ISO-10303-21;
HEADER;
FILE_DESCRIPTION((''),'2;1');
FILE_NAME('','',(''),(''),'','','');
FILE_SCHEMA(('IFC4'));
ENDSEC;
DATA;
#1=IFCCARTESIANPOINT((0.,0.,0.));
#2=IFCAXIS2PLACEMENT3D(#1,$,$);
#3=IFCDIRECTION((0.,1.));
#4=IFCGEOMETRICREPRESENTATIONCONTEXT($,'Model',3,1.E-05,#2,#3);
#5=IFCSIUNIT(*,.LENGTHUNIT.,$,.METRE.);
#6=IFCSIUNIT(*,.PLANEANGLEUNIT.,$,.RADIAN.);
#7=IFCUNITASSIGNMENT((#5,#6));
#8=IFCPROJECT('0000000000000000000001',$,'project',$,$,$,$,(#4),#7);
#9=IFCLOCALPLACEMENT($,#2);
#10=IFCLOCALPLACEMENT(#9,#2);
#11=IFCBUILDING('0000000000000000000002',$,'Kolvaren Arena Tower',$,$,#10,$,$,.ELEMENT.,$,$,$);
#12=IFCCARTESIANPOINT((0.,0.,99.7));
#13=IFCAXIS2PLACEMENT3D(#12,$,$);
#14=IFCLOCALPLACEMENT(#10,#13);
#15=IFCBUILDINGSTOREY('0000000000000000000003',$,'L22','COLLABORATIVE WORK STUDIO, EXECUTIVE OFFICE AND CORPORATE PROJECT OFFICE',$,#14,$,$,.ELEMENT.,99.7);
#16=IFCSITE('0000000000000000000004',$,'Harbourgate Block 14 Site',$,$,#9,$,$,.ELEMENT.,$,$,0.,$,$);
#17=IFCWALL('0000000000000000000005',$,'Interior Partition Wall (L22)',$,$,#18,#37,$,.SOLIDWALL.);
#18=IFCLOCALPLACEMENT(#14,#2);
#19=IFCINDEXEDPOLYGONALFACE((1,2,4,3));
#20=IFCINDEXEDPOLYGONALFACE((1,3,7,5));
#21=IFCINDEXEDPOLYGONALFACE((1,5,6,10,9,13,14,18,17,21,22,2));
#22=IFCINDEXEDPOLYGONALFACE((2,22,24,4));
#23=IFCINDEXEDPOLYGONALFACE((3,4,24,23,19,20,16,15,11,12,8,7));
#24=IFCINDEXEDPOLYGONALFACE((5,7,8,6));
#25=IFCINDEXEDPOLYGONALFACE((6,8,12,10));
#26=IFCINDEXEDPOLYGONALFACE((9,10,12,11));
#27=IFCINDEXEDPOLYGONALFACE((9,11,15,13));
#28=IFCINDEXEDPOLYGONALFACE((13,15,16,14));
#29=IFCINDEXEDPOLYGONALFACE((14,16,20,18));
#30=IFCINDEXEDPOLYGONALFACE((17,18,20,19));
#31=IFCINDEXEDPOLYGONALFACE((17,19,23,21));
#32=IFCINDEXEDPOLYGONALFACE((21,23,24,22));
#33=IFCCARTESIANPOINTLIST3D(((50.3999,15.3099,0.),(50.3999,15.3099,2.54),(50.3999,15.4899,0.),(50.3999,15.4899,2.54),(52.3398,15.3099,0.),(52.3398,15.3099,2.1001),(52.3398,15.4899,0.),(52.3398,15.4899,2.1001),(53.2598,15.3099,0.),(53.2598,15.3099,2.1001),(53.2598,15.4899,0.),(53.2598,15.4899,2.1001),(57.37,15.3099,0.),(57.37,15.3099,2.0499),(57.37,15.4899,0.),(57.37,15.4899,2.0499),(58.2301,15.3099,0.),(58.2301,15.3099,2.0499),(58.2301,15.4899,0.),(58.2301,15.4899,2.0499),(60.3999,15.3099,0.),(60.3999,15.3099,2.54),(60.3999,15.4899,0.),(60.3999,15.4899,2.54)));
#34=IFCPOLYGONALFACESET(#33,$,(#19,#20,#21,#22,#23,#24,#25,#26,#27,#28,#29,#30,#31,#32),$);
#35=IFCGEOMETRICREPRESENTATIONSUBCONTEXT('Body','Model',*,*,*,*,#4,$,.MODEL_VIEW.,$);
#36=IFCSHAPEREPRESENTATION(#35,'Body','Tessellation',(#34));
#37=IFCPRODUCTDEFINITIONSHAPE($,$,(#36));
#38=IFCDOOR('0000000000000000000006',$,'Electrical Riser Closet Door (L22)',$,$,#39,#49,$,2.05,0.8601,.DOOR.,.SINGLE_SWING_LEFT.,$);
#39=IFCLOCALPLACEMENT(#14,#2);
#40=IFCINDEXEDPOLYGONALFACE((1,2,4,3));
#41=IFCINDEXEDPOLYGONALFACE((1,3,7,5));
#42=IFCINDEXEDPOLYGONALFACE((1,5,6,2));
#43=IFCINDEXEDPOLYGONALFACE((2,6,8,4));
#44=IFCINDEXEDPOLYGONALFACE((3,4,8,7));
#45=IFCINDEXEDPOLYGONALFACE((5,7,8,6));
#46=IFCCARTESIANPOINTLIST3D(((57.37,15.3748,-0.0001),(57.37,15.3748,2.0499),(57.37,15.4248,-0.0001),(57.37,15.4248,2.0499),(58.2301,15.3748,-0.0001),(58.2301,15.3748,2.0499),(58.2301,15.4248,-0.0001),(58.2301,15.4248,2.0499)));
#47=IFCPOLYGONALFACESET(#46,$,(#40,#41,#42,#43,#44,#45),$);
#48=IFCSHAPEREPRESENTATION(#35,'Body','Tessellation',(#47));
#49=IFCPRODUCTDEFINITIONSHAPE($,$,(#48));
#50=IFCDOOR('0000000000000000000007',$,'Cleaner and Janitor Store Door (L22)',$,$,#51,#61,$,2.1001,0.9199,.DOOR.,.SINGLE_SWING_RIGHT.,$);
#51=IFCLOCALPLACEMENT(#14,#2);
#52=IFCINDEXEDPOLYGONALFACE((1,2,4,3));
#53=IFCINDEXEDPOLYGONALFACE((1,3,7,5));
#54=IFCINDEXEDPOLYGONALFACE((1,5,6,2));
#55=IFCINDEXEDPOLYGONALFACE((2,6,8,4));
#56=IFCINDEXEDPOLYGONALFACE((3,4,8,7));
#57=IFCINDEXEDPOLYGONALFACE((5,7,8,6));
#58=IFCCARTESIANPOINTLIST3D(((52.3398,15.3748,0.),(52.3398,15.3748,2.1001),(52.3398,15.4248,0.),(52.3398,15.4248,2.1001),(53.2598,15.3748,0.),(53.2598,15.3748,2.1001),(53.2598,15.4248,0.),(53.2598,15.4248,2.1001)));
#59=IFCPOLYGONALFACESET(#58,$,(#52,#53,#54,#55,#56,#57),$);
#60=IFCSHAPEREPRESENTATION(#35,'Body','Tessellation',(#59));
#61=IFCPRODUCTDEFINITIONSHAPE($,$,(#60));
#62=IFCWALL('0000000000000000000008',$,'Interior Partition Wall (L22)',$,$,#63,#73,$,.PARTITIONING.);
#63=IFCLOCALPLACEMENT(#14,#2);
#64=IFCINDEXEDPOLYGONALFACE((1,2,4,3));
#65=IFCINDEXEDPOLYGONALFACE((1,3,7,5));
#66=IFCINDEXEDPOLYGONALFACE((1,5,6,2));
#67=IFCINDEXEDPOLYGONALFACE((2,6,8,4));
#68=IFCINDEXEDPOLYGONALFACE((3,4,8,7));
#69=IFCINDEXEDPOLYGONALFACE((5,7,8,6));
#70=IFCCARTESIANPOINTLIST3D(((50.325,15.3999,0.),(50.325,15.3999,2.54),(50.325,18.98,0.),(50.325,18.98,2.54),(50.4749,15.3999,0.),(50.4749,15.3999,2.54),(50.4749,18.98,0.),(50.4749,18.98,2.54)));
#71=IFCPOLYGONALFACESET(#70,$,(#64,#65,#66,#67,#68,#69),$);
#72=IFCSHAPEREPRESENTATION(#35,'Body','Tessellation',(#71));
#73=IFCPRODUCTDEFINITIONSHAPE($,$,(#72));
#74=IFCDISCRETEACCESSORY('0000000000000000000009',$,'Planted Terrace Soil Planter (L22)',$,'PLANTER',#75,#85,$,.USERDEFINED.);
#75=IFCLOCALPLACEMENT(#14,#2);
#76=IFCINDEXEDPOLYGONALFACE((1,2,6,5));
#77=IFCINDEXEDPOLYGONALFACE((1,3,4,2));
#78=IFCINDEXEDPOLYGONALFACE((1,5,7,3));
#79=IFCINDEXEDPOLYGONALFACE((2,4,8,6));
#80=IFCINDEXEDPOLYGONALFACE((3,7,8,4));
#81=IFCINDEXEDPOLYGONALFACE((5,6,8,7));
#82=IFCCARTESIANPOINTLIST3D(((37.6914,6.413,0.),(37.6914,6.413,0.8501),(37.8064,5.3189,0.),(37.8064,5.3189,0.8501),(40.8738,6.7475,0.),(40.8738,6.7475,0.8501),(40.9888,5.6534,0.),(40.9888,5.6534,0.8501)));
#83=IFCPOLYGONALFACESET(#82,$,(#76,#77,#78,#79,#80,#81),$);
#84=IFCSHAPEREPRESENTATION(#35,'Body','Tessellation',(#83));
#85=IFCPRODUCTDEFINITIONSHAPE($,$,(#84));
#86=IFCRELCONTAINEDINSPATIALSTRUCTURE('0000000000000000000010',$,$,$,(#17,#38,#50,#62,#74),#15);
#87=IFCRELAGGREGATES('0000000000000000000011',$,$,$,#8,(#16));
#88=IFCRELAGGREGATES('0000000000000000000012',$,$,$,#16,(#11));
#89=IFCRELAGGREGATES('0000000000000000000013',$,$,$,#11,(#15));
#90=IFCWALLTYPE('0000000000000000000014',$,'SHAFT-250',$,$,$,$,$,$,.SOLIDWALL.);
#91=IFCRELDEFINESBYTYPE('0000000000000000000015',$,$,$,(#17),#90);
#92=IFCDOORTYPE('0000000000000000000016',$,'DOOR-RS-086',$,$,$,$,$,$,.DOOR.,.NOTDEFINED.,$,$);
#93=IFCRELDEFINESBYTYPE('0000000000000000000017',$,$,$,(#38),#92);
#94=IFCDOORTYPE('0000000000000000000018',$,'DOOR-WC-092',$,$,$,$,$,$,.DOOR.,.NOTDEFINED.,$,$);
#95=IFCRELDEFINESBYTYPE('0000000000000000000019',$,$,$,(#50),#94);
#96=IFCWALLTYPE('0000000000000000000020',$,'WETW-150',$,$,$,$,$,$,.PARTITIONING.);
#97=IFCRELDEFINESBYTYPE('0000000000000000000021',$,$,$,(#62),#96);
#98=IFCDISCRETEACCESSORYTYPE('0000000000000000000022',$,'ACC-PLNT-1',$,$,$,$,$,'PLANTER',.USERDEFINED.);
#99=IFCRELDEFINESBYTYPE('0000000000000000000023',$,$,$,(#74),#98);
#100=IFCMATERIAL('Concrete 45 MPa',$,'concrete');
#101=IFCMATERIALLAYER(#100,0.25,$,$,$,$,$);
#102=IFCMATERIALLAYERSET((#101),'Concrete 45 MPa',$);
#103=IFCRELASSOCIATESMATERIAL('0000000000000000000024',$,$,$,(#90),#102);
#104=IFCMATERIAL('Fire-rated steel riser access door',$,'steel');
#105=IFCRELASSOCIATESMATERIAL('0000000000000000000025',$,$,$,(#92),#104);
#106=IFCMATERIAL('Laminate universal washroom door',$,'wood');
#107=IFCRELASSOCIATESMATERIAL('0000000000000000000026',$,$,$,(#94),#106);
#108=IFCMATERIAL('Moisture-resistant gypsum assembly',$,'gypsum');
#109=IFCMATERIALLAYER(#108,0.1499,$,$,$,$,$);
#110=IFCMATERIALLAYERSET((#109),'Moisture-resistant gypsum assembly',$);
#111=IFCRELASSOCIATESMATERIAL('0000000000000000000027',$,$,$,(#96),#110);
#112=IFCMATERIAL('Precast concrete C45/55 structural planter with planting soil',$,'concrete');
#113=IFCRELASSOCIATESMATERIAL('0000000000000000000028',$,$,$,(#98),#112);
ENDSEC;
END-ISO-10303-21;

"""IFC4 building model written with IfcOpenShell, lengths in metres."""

from ifc_helpers import new_model, si_unit, direction, frame, frame_2d, origin, origin_2d, place, context, subcontext, project, spatial, rectangle, extrude, material, layer, layer_set, type_object, element, fill, save


model = new_model("IFC4")

# Units and contexts
model_context = context("Model", 3, precision=1e-05, world=origin(), true_north=direction((0.0, 1.0)))
body_context = subcontext(model_context, "Body", "Model", "MODEL_VIEW")
ifc_project = project(units=[si_unit("LENGTHUNIT", "METRE"), si_unit("PLANEANGLEUNIT", "RADIAN")], contexts=[model_context])

# Site, building, storey
site_placement = place(None, origin())
site = spatial("IfcSite", under=ifc_project, at=site_placement, Name="Harbourgate Block 14 Site", CompositionType="ELEMENT", RefElevation=0.0)
building_placement = place(site_placement, origin())
building = spatial("IfcBuilding", under=site, at=building_placement, Name="Kolvaren Arena Tower", CompositionType="ELEMENT")
storey_placement = place(building_placement, frame((0.0, 0.0, 99.7)))
storey = spatial("IfcBuildingStorey", under=building, at=storey_placement, Name="L22", Description="COLLABORATIVE WORK STUDIO, EXECUTIVE OFFICE AND CORPORATE PROJECT OFFICE", CompositionType="ELEMENT", Elevation=99.7)

# Shared definitions
ifc_material_1 = material(Name="Concrete 45 MPa", Category="concrete")
ifc_layer_1 = layer(ifc_material_1, 0.25)
ifc_layer_set_1 = layer_set([ifc_layer_1], Name="Concrete 45 MPa")
wall_type_1 = type_object("IfcWallType", Name="SHAFT-250", PredefinedType="SOLIDWALL", material=ifc_layer_set_1)

# Wall, openings, doors
wall_1_placement = place(storey_placement, frame((50.3999, 15.3999, 0.0), z_axis=(0.0, 0.0, 1.0), x_axis=(1.0, 0.0, 0.0)))
wall_1 = element("IfcWall", 1, at=wall_1_placement, inside=storey, type_object=wall_type_1, Name="Interior Partition Wall (L22)", PredefinedType="SOLIDWALL", context=body_context, shape_type="SweptSolid", body=[
    extrude(rectangle(XDim=10.0, YDim=0.1799, at=frame_2d((5.0, 0.0))), origin(), (0.0, 0.0, 1.0), 2.54),
])
opening_1_placement = place(wall_1_placement, frame((1.9399, 0.0, 0.0)))
opening_1 = element("IfcOpeningElement", 2, at=opening_1_placement, cuts=wall_1, PredefinedType="OPENING", context=body_context, shape_type="SweptSolid", body=[
    extrude(rectangle(XDim=0.9199, YDim=2.1001, at=frame_2d((0.46, 1.05))), frame((0.0, 0.0999, 0.0), z_axis=(0.0, -1.0, 0.0), x_axis=(1.0, 0.0, 0.0)), (0.0, 0.0, 1.0), 0.2),
])
opening_2_placement = place(wall_1_placement, frame((6.97, 0.0, 0.0)))
opening_2 = element("IfcOpeningElement", 3, at=opening_2_placement, cuts=wall_1, PredefinedType="OPENING", context=body_context, shape_type="SweptSolid", body=[
    extrude(rectangle(XDim=0.8601, YDim=2.05, at=frame_2d((0.4302, 1.0249))), frame((0.0, 0.0999, 0.0), z_axis=(0.0, -1.0, 0.0), x_axis=(1.0, 0.0, 0.0)), (0.0, 0.0, 1.0), 0.2),
])
ifc_material_2 = material(Name="Fire-rated steel riser access door", Category="steel")
door_type_1 = type_object("IfcDoorType", Name="DOOR-RS-086", OperationType="NOTDEFINED", PredefinedType="DOOR", material=ifc_material_2)
door_1_placement = place(opening_2_placement, origin())
door_1 = element("IfcDoor", 4, at=door_1_placement, inside=storey, type_object=door_type_1, Name="Electrical Riser Closet Door (L22)", OperationType="SINGLE_SWING_LEFT", OverallHeight=2.05, OverallWidth=0.8601, PredefinedType="DOOR", context=body_context, shape_type="SweptSolid", body=[
    extrude(rectangle(XDim=0.8601, YDim=2.05, at=frame_2d((0.4302, 1.0249))), frame((0.0, 0.0249, 0.0), z_axis=(0.0, -1.0, 0.0), x_axis=(1.0, 0.0, 0.0)), (0.0, 0.0, 1.0), 0.05),
])
fill(opening_2, door_1)
ifc_material_3 = material(Name="Laminate universal washroom door", Category="wood")
door_type_2 = type_object("IfcDoorType", Name="DOOR-WC-092", OperationType="NOTDEFINED", PredefinedType="DOOR", material=ifc_material_3)
door_2_placement = place(opening_1_placement, origin())
door_2 = element("IfcDoor", 5, at=door_2_placement, inside=storey, type_object=door_type_2, Name="Cleaner and Janitor Store Door (L22)", OperationType="SINGLE_SWING_RIGHT", OverallHeight=2.1001, OverallWidth=0.9199, PredefinedType="DOOR", context=body_context, shape_type="SweptSolid", body=[
    extrude(rectangle(XDim=0.9199, YDim=2.1001, at=frame_2d((0.46, 1.05))), frame((0.0, 0.0249, 0.0), z_axis=(0.0, -1.0, 0.0), x_axis=(1.0, 0.0, 0.0)), (0.0, 0.0, 1.0), 0.05),
])
fill(opening_1, door_2)

# Wall
ifc_material_4 = material(Name="Moisture-resistant gypsum assembly", Category="gypsum")
ifc_layer_2 = layer(ifc_material_4, 0.1499)
ifc_layer_set_2 = layer_set([ifc_layer_2], Name="Moisture-resistant gypsum assembly")
wall_type_2 = type_object("IfcWallType", Name="WETW-150", PredefinedType="PARTITIONING", material=ifc_layer_set_2)
wall_2_placement = place(storey_placement, frame((50.3999, 15.3999, 0.0), z_axis=(0.0, 0.0, 1.0), x_axis=(0.0, 1.0, 0.0)))
element("IfcWall", 6, at=wall_2_placement, inside=storey, type_object=wall_type_2, Name="Interior Partition Wall (L22)", PredefinedType="PARTITIONING", context=body_context, shape_type="SweptSolid", body=[
    extrude(rectangle(XDim=3.5801, YDim=0.1499, at=frame_2d((1.79, 0.0))), origin(), (0.0, 0.0, 1.0), 2.54),
])

# Discrete accessory
ifc_material_5 = material(Name="Precast concrete C45/55 structural planter with planting soil", Category="concrete")
discrete_accessory_type = type_object("IfcDiscreteAccessoryType", Name="ACC-PLNT-1", ElementType="PLANTER", PredefinedType="USERDEFINED", material=ifc_material_5)
discrete_accessory_placement = place(storey_placement, frame((39.3401, 6.0332, 0.0), z_axis=(0.0, 0.0, 1.0), x_axis=(0.994522, 0.104528, 0.0)))
element("IfcDiscreteAccessory", 7, at=discrete_accessory_placement, inside=storey, type_object=discrete_accessory_type, Name="Planted Terrace Soil Planter (L22)", ObjectType="PLANTER", PredefinedType="USERDEFINED", context=body_context, shape_type="SweptSolid", body=[
    extrude(rectangle(XDim=3.2, YDim=1.1001, at=origin_2d()), origin(), (0.0, 0.0, 1.0), 0.8501),
])

save(model, "model.ifc")
